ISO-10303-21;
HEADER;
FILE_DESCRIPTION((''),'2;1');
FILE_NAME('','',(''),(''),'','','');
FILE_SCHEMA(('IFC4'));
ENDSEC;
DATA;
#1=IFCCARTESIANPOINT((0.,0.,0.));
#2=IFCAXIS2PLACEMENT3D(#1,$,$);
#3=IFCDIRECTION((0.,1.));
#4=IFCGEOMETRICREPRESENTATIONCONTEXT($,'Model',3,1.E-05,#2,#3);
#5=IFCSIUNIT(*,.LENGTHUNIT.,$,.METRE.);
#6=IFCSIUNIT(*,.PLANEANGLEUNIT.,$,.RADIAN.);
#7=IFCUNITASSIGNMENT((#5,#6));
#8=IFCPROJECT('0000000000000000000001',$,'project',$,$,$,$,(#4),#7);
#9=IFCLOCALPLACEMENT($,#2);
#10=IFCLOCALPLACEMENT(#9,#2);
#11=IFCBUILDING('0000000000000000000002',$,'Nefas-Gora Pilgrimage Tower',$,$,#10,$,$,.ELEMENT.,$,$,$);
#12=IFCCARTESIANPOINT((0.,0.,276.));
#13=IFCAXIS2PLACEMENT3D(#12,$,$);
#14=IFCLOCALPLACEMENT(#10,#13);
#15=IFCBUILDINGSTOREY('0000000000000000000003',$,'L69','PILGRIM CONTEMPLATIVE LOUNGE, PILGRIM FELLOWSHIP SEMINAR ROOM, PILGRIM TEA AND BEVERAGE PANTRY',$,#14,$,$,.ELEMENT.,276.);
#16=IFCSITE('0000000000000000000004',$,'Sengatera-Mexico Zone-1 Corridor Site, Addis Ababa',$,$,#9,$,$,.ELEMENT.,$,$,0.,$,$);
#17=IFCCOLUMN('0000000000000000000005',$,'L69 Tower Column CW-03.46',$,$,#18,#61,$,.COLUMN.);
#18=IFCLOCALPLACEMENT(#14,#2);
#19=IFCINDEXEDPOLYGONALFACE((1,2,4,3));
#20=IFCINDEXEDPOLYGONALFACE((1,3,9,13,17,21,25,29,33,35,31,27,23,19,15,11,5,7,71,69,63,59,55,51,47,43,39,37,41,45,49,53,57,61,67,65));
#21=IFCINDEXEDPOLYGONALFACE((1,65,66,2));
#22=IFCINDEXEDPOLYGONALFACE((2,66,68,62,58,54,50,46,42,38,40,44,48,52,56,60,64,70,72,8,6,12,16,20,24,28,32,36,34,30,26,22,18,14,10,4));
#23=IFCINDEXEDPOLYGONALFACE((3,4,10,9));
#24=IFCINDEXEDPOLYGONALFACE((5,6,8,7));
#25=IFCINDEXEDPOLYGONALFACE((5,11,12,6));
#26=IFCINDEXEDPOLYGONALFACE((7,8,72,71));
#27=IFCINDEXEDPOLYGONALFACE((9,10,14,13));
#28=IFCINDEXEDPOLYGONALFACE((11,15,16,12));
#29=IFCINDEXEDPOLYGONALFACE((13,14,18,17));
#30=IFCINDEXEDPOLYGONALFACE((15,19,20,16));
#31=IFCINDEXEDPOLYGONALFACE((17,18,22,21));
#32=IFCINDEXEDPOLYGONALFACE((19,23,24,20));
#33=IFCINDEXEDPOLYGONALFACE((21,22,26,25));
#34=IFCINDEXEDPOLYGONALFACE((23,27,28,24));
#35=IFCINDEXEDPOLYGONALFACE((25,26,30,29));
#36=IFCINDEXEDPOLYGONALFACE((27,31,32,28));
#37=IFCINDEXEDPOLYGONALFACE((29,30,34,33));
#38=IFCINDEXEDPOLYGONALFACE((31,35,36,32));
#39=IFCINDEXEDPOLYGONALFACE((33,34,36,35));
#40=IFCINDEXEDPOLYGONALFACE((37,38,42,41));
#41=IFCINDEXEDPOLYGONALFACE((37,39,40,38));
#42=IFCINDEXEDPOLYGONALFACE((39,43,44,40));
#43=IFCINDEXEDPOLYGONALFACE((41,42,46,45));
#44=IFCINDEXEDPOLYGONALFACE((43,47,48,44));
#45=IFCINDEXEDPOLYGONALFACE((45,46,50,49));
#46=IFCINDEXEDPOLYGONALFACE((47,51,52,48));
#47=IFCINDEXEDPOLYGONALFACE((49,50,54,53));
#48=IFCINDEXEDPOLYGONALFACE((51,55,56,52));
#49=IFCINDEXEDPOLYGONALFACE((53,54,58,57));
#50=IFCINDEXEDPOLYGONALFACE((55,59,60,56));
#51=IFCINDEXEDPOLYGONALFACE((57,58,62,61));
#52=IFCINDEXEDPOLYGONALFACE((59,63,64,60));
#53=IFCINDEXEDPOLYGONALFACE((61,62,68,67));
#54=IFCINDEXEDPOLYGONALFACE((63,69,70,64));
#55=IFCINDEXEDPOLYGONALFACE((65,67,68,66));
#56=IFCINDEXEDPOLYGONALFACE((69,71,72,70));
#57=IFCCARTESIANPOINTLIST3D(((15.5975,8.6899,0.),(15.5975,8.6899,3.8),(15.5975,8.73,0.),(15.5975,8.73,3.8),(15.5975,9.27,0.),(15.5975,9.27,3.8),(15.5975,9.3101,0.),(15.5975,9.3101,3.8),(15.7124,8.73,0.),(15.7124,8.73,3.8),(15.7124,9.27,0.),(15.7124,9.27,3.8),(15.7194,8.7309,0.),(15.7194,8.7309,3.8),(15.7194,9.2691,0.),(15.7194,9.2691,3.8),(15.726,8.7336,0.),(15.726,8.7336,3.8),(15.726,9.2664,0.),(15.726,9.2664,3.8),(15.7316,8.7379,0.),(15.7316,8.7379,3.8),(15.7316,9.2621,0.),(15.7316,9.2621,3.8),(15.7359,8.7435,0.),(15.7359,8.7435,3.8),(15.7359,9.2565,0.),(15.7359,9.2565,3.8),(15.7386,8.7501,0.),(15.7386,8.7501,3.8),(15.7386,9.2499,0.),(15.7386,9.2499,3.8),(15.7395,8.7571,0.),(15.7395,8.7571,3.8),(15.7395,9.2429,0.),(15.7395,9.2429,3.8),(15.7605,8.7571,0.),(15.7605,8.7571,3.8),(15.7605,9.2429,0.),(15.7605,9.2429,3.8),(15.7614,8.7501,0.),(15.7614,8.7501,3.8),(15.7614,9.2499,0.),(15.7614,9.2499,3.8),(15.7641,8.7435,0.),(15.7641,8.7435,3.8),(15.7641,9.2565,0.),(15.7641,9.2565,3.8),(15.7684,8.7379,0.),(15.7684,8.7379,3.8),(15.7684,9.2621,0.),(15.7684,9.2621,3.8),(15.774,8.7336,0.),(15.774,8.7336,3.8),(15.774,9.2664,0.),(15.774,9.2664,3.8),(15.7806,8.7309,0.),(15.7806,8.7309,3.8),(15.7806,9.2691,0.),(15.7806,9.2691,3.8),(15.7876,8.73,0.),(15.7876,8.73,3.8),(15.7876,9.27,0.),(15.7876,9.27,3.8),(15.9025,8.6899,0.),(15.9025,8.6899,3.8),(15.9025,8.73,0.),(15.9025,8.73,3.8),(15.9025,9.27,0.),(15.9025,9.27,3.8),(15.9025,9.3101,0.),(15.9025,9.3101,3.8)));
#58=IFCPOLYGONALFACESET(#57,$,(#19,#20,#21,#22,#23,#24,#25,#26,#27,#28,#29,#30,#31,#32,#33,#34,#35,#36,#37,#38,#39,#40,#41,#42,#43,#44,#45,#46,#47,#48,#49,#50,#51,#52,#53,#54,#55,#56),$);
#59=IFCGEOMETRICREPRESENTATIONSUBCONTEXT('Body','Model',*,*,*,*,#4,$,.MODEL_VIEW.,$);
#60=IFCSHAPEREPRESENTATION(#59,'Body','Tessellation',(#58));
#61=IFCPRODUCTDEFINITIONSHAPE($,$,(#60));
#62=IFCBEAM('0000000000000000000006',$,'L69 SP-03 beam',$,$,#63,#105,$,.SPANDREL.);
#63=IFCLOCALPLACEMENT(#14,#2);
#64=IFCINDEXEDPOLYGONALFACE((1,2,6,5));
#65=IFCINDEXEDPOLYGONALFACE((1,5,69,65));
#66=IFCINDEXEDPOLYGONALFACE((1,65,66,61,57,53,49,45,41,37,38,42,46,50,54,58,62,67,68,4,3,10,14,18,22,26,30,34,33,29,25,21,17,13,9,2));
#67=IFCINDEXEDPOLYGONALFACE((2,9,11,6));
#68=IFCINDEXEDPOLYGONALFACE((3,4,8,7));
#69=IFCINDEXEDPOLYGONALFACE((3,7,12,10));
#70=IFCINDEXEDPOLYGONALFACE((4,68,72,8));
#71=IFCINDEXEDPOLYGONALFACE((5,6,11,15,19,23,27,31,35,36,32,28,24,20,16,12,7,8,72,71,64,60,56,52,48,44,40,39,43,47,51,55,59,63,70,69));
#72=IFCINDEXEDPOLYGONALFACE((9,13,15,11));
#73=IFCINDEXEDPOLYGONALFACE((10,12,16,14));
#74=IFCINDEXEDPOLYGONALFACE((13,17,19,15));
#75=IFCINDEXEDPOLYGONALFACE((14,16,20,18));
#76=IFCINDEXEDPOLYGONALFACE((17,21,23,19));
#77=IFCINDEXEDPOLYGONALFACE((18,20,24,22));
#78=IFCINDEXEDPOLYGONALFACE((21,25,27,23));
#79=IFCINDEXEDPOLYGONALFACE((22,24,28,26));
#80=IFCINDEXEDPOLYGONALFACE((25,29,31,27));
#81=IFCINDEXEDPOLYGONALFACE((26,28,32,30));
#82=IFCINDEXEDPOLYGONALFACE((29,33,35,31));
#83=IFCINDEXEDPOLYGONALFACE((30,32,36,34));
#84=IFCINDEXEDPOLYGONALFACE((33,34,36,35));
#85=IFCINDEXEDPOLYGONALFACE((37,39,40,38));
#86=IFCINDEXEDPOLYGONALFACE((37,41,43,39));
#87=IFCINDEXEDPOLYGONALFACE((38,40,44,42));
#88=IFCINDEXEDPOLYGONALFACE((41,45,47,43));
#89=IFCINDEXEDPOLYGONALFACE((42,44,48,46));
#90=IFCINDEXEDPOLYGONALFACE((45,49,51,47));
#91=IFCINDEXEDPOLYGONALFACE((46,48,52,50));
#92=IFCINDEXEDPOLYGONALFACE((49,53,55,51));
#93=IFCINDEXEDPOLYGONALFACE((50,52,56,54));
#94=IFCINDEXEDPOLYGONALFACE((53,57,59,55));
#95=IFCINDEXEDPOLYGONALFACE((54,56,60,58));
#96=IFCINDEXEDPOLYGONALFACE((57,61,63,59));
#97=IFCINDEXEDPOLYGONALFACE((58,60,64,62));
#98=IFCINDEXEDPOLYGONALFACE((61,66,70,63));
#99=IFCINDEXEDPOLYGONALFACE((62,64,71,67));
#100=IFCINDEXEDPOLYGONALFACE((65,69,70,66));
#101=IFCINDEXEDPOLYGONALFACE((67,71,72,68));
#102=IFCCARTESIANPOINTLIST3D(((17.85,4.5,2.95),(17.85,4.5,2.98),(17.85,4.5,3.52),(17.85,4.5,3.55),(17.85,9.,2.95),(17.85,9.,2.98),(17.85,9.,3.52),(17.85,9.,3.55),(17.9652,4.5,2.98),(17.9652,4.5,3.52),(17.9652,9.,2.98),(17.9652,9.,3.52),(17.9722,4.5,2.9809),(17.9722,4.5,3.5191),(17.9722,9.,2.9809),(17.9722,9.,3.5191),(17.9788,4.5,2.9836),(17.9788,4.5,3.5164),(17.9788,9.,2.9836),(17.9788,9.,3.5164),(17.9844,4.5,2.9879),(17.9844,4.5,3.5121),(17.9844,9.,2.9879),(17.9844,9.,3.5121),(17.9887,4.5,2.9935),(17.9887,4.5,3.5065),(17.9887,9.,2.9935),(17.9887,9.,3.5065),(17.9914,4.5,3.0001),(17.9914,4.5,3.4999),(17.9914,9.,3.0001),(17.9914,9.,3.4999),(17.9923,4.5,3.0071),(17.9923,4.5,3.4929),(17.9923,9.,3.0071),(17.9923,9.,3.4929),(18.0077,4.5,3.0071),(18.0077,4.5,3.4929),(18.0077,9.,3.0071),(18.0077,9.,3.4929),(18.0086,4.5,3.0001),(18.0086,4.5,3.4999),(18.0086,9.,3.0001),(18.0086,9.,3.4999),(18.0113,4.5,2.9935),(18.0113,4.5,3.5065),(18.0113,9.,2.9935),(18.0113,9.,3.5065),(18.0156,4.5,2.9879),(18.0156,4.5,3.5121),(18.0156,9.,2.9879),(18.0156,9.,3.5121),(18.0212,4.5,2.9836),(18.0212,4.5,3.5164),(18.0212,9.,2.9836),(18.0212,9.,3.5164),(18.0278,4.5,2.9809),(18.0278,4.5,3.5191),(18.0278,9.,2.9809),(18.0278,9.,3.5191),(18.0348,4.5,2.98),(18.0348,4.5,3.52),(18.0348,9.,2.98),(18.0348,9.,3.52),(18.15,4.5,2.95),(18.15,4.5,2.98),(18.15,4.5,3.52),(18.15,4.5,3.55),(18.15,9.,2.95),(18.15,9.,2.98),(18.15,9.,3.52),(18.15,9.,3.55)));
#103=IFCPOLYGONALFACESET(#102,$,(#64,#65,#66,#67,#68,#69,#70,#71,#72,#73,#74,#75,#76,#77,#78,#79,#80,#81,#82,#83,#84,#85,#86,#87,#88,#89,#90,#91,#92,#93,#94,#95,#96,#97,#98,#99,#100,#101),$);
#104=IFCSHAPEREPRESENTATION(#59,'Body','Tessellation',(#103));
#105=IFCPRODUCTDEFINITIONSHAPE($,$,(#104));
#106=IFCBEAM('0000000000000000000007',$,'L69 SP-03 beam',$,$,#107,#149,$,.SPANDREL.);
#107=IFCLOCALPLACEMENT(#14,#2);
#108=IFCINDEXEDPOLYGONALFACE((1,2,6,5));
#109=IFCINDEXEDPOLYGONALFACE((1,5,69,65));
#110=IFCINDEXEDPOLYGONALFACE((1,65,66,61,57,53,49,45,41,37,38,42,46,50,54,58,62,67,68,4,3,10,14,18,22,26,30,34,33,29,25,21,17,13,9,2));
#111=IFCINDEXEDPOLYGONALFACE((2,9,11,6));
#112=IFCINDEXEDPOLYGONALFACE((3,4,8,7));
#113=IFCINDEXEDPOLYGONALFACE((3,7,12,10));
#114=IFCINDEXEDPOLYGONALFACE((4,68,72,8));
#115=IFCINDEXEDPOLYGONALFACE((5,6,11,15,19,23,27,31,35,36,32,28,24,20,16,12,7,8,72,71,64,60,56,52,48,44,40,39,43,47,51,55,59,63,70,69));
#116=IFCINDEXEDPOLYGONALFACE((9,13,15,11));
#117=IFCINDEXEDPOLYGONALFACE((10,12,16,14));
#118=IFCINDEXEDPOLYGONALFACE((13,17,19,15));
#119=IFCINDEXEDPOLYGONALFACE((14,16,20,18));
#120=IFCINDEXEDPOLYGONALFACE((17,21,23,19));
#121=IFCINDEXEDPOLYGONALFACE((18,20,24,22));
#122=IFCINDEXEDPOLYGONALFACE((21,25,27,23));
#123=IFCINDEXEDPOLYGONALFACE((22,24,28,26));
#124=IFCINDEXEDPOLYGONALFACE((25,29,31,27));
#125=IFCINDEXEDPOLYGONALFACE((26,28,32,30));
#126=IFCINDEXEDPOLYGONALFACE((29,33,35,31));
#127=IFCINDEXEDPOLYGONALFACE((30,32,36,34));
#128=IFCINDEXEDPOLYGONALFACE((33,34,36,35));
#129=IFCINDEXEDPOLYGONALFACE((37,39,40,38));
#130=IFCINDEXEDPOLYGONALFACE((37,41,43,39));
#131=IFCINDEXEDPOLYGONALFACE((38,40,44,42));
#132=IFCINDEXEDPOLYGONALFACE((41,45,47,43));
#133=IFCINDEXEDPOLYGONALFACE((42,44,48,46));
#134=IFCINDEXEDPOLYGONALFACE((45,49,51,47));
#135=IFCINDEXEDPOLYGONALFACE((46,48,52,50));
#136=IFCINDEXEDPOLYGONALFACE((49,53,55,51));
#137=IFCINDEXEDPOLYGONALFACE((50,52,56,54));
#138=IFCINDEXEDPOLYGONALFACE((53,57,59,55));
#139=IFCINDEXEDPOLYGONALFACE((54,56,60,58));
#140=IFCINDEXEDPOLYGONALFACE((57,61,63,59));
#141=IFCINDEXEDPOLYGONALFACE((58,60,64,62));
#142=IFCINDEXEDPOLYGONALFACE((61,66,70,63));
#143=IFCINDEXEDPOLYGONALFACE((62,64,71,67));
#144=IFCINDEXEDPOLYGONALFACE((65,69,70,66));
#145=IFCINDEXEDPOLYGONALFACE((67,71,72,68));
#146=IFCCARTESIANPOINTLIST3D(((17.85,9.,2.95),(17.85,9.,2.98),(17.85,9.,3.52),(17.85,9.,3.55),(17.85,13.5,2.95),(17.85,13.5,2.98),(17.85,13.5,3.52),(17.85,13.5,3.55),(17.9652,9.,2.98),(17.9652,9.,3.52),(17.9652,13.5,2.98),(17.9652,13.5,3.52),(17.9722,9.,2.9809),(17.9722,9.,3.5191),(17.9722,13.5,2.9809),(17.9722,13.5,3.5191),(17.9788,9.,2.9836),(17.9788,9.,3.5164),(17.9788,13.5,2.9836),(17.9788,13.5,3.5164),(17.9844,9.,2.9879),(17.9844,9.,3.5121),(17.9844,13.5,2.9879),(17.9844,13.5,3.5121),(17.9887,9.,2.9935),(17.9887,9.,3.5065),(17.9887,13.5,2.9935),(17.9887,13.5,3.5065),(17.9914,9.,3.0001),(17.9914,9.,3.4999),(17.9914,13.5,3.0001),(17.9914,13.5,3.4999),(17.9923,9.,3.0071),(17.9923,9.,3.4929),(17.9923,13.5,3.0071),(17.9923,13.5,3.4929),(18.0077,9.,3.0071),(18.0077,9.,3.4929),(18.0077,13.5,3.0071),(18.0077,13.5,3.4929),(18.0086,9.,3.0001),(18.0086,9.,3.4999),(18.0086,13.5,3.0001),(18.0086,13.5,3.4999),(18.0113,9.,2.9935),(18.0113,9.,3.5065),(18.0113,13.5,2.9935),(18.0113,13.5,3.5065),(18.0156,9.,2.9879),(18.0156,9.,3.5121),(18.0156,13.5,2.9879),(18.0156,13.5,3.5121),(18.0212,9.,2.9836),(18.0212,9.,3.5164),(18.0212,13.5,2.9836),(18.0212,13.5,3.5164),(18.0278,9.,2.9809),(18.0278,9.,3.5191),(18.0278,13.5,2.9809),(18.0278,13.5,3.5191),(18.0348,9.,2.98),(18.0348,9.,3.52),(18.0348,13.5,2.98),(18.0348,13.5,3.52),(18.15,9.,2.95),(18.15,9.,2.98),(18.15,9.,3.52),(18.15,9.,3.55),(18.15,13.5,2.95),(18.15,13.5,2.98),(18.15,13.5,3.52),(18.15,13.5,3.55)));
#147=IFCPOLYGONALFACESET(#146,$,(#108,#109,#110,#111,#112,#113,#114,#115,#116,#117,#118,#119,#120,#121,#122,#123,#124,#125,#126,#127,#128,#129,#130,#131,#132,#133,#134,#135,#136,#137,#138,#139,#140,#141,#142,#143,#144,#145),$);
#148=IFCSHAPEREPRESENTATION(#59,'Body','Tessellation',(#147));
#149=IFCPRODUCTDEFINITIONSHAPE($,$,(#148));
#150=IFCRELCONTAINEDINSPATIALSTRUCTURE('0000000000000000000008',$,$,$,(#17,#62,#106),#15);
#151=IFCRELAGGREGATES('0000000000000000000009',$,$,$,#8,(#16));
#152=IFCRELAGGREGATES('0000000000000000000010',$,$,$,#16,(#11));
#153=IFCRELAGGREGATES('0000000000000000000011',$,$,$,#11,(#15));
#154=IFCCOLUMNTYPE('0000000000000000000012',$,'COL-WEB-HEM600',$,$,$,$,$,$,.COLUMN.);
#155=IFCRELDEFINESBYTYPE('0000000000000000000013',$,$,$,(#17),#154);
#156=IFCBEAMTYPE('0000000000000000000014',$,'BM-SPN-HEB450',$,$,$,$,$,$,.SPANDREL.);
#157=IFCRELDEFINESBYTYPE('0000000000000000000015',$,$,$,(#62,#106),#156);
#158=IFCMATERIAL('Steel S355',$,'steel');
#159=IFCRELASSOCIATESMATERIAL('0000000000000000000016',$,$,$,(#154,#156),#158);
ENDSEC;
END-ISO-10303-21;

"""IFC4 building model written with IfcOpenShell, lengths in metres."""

from ifc_helpers import new_model, si_unit, direction, frame, origin, origin_2d, place, context, subcontext, project, spatial, i_section, extrude, source, transform, mapped, material, material_profile, profile_set, type_object, element, save


model = new_model("IFC4")

# Units and contexts
model_context = context("Model", 3, precision=1e-05, world=origin(), true_north=direction((0.0, 1.0)))
body_context = subcontext(model_context, "Body", "Model", "MODEL_VIEW")
ifc_project = project(units=[si_unit("LENGTHUNIT", "METRE"), si_unit("PLANEANGLEUNIT", "RADIAN")], contexts=[model_context])

# Site, building, storey
site_placement = place(None, origin())
site = spatial("IfcSite", under=ifc_project, at=site_placement, Name="Sengatera-Mexico Zone-1 Corridor Site, Addis Ababa", CompositionType="ELEMENT", RefElevation=0.0)
building_placement = place(site_placement, origin())
building = spatial("IfcBuilding", under=site, at=building_placement, Name="Nefas-Gora Pilgrimage Tower", CompositionType="ELEMENT")
storey_placement = place(building_placement, frame((0.0, 0.0, 276.0)))
storey = spatial("IfcBuildingStorey", under=building, at=storey_placement, Name="L69", Description="PILGRIM CONTEMPLATIVE LOUNGE, PILGRIM FELLOWSHIP SEMINAR ROOM, PILGRIM TEA AND BEVERAGE PANTRY", CompositionType="ELEMENT", Elevation=276.0)

# Column
ifc_material_1 = material(Name="Steel S355", Category="steel")
ifc_material_profile_1 = material_profile(ifc_material_1, i_section(OverallWidth=0.3049, OverallDepth=0.6201, WebThickness=0.021, FlangeThickness=0.04, FilletRadius=0.0271, at=origin_2d()), Name="HEM 600")
ifc_profile_set_1 = profile_set([ifc_material_profile_1], Name="Steel S355")
column_type_1 = type_object("IfcColumnType", Name="COL-WEB-HEM600", PredefinedType="COLUMN", material=ifc_profile_set_1)
shared_shape_1 = source(origin(), body_context, "Body", "SweptSolid", [
    extrude(i_section(OverallWidth=0.3049, OverallDepth=0.6201, WebThickness=0.021, FlangeThickness=0.04, FilletRadius=0.0271, at=origin_2d()), origin(), (0.0, 0.0, 1.0), 3.8),
])
for number, where, z_axis, x_axis, name in (
    (1, (15.75, 9.0, 0.0), (0.0, 0.0, 1.0), (1.0, 0.0, 0.0), "L69 Tower Column CW-03.46"),
):
    element("IfcColumn", number, at=place(storey_placement, frame(where, z_axis=z_axis, x_axis=x_axis)), inside=storey, type_object=column_type_1, Name=name, PredefinedType="COLUMN", context=body_context, shape_type="MappedRepresentation", body=[
        mapped(shared_shape_1, transform((0.0, 0.0, 0.0), x_axis=(1.0, 0.0, 0.0), y_axis=(0.0, 1.0, 0.0), z_axis=(0.0, 0.0, 1.0), scale=1.0)),
    ])

# Beams
ifc_material_profile_2 = material_profile(ifc_material_1, i_section(OverallWidth=0.3, OverallDepth=0.6001, WebThickness=0.0154, FlangeThickness=0.03, FilletRadius=0.0271, at=origin_2d()), Name="HEB 600")
ifc_profile_set_2 = profile_set([ifc_material_profile_2], Name="Steel S355")
beam_type_1 = type_object("IfcBeamType", Name="BM-SPN-HEB450", PredefinedType="SPANDREL", material=ifc_profile_set_2)
shared_shape_2 = source(origin(), body_context, "Body", "SweptSolid", [
    extrude(i_section(OverallWidth=0.3, OverallDepth=0.6001, WebThickness=0.0154, FlangeThickness=0.03, FilletRadius=0.0271, at=origin_2d()), origin(), (0.0, 0.0, 1.0), 4.5),
])
for number, where, z_axis, x_axis, name in (
    (2, (18.0, 4.5, 3.25), (0.0, 1.0, 0.0), (-1.0, 0.0, 0.0), "L69 SP-03 beam"),
    (3, (18.0, 9.0, 3.25), (0.0, 1.0, 0.0), (-1.0, 0.0, 0.0), "L69 SP-03 beam"),
):
    element("IfcBeam", number, at=place(storey_placement, frame(where, z_axis=z_axis, x_axis=x_axis)), inside=storey, type_object=beam_type_1, Name=name, PredefinedType="SPANDREL", context=body_context, shape_type="MappedRepresentation", body=[
        mapped(shared_shape_2, transform((0.0, 0.0, 0.0), x_axis=(1.0, 0.0, 0.0), y_axis=(0.0, 1.0, 0.0), z_axis=(0.0, 0.0, 1.0), scale=1.0)),
    ])

save(model, "model.ifc")
